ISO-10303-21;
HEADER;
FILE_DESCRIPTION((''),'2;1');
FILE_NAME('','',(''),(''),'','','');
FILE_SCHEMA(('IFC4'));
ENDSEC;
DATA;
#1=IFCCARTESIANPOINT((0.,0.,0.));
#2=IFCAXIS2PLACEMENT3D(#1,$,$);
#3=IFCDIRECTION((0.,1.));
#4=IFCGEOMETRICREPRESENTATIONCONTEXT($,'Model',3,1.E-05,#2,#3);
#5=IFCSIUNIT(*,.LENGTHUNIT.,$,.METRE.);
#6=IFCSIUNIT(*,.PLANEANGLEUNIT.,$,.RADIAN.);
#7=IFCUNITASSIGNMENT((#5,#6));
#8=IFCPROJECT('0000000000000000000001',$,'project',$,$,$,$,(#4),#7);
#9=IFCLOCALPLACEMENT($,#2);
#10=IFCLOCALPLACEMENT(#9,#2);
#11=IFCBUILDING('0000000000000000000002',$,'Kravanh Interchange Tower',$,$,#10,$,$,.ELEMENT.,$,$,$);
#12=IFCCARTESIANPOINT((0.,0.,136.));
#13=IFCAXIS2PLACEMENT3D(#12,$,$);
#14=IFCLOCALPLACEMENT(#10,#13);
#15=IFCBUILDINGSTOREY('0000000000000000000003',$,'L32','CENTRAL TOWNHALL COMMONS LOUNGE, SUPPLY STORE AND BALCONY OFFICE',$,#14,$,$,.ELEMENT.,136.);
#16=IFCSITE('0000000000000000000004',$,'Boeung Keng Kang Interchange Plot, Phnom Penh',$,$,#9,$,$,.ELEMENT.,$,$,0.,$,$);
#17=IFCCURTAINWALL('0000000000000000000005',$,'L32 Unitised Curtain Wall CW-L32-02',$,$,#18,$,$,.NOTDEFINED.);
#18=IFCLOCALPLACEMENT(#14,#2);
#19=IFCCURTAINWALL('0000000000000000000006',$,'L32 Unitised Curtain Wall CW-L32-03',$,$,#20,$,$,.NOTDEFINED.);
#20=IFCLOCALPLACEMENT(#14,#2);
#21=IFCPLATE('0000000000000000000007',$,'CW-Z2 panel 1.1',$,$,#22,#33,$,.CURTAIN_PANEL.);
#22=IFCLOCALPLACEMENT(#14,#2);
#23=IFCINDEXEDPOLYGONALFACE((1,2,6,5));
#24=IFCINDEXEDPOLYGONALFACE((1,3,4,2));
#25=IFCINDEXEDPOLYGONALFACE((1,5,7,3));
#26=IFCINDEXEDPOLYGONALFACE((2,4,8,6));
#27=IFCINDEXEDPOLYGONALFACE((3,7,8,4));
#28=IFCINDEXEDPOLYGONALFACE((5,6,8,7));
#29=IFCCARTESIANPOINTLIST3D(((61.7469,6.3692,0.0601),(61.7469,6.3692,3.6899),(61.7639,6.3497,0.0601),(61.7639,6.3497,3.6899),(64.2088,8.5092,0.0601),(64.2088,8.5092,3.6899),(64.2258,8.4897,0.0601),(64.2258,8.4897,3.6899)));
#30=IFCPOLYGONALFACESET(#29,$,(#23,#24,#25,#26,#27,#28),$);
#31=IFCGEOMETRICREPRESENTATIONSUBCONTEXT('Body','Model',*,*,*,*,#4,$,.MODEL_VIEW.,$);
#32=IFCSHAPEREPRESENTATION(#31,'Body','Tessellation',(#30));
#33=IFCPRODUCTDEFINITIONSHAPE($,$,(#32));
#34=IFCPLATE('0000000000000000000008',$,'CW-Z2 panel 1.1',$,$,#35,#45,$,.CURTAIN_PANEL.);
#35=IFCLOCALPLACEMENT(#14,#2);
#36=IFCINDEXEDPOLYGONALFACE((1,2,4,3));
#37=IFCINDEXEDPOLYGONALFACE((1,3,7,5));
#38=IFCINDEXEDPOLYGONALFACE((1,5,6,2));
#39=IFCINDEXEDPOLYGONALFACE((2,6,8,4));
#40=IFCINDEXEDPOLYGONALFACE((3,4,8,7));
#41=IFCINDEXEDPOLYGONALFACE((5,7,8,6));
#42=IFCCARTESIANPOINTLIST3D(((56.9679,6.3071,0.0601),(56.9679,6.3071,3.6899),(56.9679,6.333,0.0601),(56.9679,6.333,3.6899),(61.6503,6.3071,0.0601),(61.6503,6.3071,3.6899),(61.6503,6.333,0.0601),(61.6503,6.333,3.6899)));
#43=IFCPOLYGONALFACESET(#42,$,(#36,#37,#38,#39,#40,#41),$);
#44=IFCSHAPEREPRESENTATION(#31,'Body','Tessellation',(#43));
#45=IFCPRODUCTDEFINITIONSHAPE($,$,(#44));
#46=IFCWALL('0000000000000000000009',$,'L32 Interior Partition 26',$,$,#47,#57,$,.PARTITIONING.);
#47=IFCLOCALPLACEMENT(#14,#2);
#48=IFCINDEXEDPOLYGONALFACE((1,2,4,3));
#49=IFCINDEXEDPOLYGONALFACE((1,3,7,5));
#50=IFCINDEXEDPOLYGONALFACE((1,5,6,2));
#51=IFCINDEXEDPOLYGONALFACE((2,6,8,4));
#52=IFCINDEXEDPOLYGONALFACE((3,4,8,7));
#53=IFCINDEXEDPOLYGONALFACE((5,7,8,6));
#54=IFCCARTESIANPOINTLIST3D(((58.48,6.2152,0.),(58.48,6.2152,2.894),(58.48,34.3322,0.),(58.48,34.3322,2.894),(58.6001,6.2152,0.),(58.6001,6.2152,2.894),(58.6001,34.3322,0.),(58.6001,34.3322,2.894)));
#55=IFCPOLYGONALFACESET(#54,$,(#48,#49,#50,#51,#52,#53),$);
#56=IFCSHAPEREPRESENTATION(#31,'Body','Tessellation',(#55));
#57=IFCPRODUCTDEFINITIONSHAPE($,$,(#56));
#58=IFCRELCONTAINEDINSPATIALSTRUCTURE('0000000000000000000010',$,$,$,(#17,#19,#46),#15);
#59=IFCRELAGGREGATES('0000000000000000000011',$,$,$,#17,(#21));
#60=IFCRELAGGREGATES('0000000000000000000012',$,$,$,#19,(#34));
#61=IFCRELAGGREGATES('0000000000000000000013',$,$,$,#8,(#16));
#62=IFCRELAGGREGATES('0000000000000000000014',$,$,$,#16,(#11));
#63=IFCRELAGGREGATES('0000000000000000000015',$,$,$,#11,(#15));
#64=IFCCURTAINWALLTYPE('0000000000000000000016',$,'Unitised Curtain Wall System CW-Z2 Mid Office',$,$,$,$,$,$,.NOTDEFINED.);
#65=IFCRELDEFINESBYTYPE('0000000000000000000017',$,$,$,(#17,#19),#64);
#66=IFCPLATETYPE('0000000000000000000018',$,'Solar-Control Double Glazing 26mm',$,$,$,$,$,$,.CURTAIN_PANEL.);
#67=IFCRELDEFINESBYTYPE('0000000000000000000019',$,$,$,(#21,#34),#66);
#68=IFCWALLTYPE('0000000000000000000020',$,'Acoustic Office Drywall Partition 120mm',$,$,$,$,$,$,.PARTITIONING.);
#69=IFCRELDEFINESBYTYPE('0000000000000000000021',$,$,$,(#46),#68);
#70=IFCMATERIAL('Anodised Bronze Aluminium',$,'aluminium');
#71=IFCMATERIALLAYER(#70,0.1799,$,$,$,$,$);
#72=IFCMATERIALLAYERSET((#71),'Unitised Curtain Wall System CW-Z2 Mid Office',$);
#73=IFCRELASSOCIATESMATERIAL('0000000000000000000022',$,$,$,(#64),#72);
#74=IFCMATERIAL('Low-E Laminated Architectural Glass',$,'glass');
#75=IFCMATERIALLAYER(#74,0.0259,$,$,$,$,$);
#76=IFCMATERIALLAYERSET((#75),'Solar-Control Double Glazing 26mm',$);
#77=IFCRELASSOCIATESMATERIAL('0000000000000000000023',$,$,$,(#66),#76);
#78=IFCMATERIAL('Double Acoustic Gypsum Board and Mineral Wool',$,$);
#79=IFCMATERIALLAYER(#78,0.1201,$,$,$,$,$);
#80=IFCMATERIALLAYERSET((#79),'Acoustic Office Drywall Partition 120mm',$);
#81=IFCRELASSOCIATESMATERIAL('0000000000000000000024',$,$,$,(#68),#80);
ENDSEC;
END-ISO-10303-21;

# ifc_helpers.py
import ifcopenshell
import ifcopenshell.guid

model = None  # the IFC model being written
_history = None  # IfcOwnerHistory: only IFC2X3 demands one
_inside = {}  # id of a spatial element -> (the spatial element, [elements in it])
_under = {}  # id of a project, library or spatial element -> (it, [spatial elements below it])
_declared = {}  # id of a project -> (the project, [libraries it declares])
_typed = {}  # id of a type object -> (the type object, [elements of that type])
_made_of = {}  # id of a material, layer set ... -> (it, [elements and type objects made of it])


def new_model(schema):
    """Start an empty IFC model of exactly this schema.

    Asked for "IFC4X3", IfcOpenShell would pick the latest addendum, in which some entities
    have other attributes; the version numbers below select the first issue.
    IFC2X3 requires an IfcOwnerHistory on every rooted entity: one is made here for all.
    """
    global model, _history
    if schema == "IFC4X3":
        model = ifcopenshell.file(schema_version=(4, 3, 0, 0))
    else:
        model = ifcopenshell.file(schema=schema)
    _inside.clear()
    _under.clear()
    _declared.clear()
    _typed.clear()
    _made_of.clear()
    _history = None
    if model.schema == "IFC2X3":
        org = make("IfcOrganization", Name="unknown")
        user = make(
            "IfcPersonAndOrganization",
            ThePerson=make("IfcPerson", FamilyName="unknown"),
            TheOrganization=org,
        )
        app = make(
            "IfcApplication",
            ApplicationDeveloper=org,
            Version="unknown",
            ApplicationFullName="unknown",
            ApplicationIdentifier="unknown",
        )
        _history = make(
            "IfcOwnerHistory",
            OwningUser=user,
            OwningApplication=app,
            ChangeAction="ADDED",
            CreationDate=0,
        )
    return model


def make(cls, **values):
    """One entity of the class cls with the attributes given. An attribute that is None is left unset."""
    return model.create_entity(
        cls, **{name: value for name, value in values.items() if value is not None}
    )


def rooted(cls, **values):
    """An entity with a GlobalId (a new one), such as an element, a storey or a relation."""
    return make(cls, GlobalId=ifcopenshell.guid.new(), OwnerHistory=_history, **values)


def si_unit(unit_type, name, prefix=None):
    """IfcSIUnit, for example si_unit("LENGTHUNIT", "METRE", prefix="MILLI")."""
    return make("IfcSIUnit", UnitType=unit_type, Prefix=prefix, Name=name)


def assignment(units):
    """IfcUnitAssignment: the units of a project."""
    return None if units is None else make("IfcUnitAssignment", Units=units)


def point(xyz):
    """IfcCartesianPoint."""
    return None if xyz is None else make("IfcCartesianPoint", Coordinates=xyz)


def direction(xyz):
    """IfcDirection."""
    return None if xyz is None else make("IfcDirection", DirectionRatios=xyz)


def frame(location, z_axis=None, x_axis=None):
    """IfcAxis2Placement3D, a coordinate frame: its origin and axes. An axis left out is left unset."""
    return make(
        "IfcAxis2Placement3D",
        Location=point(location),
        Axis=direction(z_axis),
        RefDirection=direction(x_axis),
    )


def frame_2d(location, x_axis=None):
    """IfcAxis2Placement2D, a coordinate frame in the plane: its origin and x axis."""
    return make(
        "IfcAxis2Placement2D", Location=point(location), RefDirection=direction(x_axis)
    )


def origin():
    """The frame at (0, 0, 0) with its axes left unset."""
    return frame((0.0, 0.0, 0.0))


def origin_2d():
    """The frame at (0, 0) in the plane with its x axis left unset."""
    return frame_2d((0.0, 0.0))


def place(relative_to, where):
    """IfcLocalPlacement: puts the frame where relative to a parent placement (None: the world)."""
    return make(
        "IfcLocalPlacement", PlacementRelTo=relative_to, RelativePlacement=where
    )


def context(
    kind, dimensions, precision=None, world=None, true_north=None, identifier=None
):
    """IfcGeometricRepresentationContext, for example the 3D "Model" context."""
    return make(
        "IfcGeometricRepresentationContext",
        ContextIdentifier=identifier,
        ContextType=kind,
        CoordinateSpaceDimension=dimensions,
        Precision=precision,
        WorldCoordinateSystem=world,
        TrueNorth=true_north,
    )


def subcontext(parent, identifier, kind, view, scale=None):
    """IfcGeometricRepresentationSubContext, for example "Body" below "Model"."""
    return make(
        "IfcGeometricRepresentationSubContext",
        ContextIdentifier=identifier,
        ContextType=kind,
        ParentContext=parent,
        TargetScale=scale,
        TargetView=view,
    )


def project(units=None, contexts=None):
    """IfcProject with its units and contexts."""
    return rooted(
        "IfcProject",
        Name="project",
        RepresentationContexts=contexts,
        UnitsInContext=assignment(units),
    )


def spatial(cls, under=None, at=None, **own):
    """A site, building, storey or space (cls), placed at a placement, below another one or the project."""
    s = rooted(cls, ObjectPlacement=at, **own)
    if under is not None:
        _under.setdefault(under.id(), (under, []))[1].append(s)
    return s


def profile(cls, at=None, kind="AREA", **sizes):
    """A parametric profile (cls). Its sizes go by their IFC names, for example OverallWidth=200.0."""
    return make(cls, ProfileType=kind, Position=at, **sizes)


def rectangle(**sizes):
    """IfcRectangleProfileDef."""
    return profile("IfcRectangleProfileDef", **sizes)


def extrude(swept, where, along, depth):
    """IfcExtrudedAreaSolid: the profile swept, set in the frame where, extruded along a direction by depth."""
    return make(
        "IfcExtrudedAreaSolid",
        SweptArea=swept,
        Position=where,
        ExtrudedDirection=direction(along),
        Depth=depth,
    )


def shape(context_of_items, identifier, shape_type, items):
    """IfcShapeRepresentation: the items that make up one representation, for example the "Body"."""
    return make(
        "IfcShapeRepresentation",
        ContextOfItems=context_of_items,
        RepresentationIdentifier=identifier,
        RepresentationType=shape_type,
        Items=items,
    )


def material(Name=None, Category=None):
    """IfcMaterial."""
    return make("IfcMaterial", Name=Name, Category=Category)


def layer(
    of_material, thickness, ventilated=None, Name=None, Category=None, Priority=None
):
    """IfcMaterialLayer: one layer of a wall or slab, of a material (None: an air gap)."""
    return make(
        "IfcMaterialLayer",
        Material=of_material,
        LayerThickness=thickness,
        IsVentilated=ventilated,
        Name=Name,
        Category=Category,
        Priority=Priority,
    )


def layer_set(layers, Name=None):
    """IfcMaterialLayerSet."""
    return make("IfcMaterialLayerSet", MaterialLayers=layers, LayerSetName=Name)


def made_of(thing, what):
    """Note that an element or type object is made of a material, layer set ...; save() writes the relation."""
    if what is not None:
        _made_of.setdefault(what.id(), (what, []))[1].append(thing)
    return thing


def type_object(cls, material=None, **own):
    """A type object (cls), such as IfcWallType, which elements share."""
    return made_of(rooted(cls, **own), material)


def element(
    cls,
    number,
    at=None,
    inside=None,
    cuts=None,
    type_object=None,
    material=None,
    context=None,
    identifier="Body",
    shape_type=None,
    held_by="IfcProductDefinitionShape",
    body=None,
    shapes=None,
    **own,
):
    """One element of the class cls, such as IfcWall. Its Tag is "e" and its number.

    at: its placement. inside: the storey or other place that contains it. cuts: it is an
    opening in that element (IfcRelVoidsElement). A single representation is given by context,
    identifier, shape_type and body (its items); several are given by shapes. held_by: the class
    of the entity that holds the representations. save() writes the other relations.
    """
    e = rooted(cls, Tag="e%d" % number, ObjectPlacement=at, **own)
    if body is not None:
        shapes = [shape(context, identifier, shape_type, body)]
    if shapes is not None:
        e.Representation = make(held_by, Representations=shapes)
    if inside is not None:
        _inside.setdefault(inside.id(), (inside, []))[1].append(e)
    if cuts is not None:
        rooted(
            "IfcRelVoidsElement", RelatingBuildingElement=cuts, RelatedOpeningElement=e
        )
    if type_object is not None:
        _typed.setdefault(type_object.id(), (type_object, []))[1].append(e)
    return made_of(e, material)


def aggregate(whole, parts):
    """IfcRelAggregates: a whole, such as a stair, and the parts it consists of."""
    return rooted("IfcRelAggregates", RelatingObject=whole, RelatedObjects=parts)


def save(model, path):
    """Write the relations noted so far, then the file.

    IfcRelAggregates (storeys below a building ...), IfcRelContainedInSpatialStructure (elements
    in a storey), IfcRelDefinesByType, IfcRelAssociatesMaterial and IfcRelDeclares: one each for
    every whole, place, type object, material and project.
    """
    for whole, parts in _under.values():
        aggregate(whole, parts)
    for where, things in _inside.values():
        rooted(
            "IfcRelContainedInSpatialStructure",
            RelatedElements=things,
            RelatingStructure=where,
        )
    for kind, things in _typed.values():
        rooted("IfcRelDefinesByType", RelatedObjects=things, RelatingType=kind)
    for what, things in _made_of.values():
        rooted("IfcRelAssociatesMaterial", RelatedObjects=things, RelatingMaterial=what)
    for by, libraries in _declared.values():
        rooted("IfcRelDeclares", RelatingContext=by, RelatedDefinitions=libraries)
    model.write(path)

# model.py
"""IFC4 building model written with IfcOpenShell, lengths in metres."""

from ifc_helpers import new_model, si_unit, direction, frame, frame_2d, origin, origin_2d, place, context, subcontext, project, spatial, rectangle, extrude, material, layer, layer_set, type_object, element, aggregate, save


model = new_model("IFC4")

# Units and contexts
model_context = context("Model", 3, precision=1e-05, world=origin(), true_north=direction((0.0, 1.0)))
body_context = subcontext(model_context, "Body", "Model", "MODEL_VIEW")
ifc_project = project(units=[si_unit("LENGTHUNIT", "METRE"), si_unit("PLANEANGLEUNIT", "RADIAN")], contexts=[model_context])

# Site, building, storey
site_placement = place(None, origin())
site = spatial("IfcSite", under=ifc_project, at=site_placement, Name="Boeung Keng Kang Interchange Plot, Phnom Penh", CompositionType="ELEMENT", RefElevation=0.0)
building_placement = place(site_placement, origin())
building = spatial("IfcBuilding", under=site, at=building_placement, Name="Kravanh Interchange Tower", CompositionType="ELEMENT")
storey_placement = place(building_placement, frame((0.0, 0.0, 136.0)))
storey = spatial("IfcBuildingStorey", under=building, at=storey_placement, Name="L32", Description="CENTRAL TOWNHALL COMMONS LOUNGE, SUPPLY STORE AND BALCONY OFFICE", CompositionType="ELEMENT", Elevation=136.0)

# Curtain walls
ifc_material_1 = material(Name="Anodised Bronze Aluminium", Category="aluminium")
ifc_layer_1 = layer(ifc_material_1, 0.1799)
ifc_layer_set_1 = layer_set([ifc_layer_1], Name="Unitised Curtain Wall System CW-Z2 Mid Office")
curtain_wall_type = type_object("IfcCurtainWallType", Name="Unitised Curtain Wall System CW-Z2 Mid Office", PredefinedType="NOTDEFINED", material=ifc_layer_set_1)
curtain_wall_1_placement = place(storey_placement, origin())
curtain_wall_1 = element("IfcCurtainWall", 1, at=curtain_wall_1_placement, inside=storey, type_object=curtain_wall_type, Name="L32 Unitised Curtain Wall CW-L32-02", PredefinedType="NOTDEFINED")
curtain_wall_2_placement = place(storey_placement, origin())
curtain_wall_2 = element("IfcCurtainWall", 2, at=curtain_wall_2_placement, inside=storey, type_object=curtain_wall_type, Name="L32 Unitised Curtain Wall CW-L32-03", PredefinedType="NOTDEFINED")

# Plates
ifc_material_2 = material(Name="Low-E Laminated Architectural Glass", Category="glass")
ifc_layer_2 = layer(ifc_material_2, 0.0259)
ifc_layer_set_2 = layer_set([ifc_layer_2], Name="Solar-Control Double Glazing 26mm")
plate_type = type_object("IfcPlateType", Name="Solar-Control Double Glazing 26mm", PredefinedType="CURTAIN_PANEL", material=ifc_layer_set_2)
plate_1_placement = place(storey_placement, frame((62.9863, 7.4294, 0.0601), z_axis=(0.0, 0.0, 1.0), x_axis=(-0.754719, -0.656048, 0.0)))
plate_1 = element("IfcPlate", 3, at=plate_1_placement, type_object=plate_type, Name="CW-Z2 panel 1.1", PredefinedType="CURTAIN_PANEL", context=body_context, shape_type="SweptSolid", body=[
    extrude(rectangle(XDim=3.262, YDim=0.0259, at=origin_2d()), origin(), (0.0, 0.0, 1.0), 3.6299),
])
aggregate(curtain_wall_1, [plate_1])
plate_2_placement = place(storey_placement, frame((59.3091, 6.3201, 0.0601), z_axis=(0.0, 0.0, 1.0), x_axis=(-1.0, 0.0, 0.0)))
plate_2 = element("IfcPlate", 4, at=plate_2_placement, type_object=plate_type, Name="CW-Z2 panel 1.1", PredefinedType="CURTAIN_PANEL", context=body_context, shape_type="SweptSolid", body=[
    extrude(rectangle(XDim=4.6824, YDim=0.0259, at=origin_2d()), origin(), (0.0, 0.0, 1.0), 3.6299),
])
aggregate(curtain_wall_2, [plate_2])

# Wall
ifc_material_3 = material(Name="Double Acoustic Gypsum Board and Mineral Wool")
ifc_layer_3 = layer(ifc_material_3, 0.1201)
ifc_layer_set_3 = layer_set([ifc_layer_3], Name="Acoustic Office Drywall Partition 120mm")
wall_type = type_object("IfcWallType", Name="Acoustic Office Drywall Partition 120mm", PredefinedType="PARTITIONING", material=ifc_layer_set_3)
wall_placement = place(storey_placement, frame((58.54, 6.2151, 0.0), z_axis=(0.0, 0.0, 1.0), x_axis=(0.0, 1.0, 0.0)))
element("IfcWall", 5, at=wall_placement, inside=storey, type_object=wall_type, Name="L32 Interior Partition 26", PredefinedType="PARTITIONING", context=body_context, shape_type="SweptSolid", body=[
    extrude(rectangle(XDim=28.1169, YDim=0.1201, at=frame_2d((14.0586, 0.0))), origin(), (0.0, 0.0, 1.0), 2.894),
])

save(model, "model.ifc")
